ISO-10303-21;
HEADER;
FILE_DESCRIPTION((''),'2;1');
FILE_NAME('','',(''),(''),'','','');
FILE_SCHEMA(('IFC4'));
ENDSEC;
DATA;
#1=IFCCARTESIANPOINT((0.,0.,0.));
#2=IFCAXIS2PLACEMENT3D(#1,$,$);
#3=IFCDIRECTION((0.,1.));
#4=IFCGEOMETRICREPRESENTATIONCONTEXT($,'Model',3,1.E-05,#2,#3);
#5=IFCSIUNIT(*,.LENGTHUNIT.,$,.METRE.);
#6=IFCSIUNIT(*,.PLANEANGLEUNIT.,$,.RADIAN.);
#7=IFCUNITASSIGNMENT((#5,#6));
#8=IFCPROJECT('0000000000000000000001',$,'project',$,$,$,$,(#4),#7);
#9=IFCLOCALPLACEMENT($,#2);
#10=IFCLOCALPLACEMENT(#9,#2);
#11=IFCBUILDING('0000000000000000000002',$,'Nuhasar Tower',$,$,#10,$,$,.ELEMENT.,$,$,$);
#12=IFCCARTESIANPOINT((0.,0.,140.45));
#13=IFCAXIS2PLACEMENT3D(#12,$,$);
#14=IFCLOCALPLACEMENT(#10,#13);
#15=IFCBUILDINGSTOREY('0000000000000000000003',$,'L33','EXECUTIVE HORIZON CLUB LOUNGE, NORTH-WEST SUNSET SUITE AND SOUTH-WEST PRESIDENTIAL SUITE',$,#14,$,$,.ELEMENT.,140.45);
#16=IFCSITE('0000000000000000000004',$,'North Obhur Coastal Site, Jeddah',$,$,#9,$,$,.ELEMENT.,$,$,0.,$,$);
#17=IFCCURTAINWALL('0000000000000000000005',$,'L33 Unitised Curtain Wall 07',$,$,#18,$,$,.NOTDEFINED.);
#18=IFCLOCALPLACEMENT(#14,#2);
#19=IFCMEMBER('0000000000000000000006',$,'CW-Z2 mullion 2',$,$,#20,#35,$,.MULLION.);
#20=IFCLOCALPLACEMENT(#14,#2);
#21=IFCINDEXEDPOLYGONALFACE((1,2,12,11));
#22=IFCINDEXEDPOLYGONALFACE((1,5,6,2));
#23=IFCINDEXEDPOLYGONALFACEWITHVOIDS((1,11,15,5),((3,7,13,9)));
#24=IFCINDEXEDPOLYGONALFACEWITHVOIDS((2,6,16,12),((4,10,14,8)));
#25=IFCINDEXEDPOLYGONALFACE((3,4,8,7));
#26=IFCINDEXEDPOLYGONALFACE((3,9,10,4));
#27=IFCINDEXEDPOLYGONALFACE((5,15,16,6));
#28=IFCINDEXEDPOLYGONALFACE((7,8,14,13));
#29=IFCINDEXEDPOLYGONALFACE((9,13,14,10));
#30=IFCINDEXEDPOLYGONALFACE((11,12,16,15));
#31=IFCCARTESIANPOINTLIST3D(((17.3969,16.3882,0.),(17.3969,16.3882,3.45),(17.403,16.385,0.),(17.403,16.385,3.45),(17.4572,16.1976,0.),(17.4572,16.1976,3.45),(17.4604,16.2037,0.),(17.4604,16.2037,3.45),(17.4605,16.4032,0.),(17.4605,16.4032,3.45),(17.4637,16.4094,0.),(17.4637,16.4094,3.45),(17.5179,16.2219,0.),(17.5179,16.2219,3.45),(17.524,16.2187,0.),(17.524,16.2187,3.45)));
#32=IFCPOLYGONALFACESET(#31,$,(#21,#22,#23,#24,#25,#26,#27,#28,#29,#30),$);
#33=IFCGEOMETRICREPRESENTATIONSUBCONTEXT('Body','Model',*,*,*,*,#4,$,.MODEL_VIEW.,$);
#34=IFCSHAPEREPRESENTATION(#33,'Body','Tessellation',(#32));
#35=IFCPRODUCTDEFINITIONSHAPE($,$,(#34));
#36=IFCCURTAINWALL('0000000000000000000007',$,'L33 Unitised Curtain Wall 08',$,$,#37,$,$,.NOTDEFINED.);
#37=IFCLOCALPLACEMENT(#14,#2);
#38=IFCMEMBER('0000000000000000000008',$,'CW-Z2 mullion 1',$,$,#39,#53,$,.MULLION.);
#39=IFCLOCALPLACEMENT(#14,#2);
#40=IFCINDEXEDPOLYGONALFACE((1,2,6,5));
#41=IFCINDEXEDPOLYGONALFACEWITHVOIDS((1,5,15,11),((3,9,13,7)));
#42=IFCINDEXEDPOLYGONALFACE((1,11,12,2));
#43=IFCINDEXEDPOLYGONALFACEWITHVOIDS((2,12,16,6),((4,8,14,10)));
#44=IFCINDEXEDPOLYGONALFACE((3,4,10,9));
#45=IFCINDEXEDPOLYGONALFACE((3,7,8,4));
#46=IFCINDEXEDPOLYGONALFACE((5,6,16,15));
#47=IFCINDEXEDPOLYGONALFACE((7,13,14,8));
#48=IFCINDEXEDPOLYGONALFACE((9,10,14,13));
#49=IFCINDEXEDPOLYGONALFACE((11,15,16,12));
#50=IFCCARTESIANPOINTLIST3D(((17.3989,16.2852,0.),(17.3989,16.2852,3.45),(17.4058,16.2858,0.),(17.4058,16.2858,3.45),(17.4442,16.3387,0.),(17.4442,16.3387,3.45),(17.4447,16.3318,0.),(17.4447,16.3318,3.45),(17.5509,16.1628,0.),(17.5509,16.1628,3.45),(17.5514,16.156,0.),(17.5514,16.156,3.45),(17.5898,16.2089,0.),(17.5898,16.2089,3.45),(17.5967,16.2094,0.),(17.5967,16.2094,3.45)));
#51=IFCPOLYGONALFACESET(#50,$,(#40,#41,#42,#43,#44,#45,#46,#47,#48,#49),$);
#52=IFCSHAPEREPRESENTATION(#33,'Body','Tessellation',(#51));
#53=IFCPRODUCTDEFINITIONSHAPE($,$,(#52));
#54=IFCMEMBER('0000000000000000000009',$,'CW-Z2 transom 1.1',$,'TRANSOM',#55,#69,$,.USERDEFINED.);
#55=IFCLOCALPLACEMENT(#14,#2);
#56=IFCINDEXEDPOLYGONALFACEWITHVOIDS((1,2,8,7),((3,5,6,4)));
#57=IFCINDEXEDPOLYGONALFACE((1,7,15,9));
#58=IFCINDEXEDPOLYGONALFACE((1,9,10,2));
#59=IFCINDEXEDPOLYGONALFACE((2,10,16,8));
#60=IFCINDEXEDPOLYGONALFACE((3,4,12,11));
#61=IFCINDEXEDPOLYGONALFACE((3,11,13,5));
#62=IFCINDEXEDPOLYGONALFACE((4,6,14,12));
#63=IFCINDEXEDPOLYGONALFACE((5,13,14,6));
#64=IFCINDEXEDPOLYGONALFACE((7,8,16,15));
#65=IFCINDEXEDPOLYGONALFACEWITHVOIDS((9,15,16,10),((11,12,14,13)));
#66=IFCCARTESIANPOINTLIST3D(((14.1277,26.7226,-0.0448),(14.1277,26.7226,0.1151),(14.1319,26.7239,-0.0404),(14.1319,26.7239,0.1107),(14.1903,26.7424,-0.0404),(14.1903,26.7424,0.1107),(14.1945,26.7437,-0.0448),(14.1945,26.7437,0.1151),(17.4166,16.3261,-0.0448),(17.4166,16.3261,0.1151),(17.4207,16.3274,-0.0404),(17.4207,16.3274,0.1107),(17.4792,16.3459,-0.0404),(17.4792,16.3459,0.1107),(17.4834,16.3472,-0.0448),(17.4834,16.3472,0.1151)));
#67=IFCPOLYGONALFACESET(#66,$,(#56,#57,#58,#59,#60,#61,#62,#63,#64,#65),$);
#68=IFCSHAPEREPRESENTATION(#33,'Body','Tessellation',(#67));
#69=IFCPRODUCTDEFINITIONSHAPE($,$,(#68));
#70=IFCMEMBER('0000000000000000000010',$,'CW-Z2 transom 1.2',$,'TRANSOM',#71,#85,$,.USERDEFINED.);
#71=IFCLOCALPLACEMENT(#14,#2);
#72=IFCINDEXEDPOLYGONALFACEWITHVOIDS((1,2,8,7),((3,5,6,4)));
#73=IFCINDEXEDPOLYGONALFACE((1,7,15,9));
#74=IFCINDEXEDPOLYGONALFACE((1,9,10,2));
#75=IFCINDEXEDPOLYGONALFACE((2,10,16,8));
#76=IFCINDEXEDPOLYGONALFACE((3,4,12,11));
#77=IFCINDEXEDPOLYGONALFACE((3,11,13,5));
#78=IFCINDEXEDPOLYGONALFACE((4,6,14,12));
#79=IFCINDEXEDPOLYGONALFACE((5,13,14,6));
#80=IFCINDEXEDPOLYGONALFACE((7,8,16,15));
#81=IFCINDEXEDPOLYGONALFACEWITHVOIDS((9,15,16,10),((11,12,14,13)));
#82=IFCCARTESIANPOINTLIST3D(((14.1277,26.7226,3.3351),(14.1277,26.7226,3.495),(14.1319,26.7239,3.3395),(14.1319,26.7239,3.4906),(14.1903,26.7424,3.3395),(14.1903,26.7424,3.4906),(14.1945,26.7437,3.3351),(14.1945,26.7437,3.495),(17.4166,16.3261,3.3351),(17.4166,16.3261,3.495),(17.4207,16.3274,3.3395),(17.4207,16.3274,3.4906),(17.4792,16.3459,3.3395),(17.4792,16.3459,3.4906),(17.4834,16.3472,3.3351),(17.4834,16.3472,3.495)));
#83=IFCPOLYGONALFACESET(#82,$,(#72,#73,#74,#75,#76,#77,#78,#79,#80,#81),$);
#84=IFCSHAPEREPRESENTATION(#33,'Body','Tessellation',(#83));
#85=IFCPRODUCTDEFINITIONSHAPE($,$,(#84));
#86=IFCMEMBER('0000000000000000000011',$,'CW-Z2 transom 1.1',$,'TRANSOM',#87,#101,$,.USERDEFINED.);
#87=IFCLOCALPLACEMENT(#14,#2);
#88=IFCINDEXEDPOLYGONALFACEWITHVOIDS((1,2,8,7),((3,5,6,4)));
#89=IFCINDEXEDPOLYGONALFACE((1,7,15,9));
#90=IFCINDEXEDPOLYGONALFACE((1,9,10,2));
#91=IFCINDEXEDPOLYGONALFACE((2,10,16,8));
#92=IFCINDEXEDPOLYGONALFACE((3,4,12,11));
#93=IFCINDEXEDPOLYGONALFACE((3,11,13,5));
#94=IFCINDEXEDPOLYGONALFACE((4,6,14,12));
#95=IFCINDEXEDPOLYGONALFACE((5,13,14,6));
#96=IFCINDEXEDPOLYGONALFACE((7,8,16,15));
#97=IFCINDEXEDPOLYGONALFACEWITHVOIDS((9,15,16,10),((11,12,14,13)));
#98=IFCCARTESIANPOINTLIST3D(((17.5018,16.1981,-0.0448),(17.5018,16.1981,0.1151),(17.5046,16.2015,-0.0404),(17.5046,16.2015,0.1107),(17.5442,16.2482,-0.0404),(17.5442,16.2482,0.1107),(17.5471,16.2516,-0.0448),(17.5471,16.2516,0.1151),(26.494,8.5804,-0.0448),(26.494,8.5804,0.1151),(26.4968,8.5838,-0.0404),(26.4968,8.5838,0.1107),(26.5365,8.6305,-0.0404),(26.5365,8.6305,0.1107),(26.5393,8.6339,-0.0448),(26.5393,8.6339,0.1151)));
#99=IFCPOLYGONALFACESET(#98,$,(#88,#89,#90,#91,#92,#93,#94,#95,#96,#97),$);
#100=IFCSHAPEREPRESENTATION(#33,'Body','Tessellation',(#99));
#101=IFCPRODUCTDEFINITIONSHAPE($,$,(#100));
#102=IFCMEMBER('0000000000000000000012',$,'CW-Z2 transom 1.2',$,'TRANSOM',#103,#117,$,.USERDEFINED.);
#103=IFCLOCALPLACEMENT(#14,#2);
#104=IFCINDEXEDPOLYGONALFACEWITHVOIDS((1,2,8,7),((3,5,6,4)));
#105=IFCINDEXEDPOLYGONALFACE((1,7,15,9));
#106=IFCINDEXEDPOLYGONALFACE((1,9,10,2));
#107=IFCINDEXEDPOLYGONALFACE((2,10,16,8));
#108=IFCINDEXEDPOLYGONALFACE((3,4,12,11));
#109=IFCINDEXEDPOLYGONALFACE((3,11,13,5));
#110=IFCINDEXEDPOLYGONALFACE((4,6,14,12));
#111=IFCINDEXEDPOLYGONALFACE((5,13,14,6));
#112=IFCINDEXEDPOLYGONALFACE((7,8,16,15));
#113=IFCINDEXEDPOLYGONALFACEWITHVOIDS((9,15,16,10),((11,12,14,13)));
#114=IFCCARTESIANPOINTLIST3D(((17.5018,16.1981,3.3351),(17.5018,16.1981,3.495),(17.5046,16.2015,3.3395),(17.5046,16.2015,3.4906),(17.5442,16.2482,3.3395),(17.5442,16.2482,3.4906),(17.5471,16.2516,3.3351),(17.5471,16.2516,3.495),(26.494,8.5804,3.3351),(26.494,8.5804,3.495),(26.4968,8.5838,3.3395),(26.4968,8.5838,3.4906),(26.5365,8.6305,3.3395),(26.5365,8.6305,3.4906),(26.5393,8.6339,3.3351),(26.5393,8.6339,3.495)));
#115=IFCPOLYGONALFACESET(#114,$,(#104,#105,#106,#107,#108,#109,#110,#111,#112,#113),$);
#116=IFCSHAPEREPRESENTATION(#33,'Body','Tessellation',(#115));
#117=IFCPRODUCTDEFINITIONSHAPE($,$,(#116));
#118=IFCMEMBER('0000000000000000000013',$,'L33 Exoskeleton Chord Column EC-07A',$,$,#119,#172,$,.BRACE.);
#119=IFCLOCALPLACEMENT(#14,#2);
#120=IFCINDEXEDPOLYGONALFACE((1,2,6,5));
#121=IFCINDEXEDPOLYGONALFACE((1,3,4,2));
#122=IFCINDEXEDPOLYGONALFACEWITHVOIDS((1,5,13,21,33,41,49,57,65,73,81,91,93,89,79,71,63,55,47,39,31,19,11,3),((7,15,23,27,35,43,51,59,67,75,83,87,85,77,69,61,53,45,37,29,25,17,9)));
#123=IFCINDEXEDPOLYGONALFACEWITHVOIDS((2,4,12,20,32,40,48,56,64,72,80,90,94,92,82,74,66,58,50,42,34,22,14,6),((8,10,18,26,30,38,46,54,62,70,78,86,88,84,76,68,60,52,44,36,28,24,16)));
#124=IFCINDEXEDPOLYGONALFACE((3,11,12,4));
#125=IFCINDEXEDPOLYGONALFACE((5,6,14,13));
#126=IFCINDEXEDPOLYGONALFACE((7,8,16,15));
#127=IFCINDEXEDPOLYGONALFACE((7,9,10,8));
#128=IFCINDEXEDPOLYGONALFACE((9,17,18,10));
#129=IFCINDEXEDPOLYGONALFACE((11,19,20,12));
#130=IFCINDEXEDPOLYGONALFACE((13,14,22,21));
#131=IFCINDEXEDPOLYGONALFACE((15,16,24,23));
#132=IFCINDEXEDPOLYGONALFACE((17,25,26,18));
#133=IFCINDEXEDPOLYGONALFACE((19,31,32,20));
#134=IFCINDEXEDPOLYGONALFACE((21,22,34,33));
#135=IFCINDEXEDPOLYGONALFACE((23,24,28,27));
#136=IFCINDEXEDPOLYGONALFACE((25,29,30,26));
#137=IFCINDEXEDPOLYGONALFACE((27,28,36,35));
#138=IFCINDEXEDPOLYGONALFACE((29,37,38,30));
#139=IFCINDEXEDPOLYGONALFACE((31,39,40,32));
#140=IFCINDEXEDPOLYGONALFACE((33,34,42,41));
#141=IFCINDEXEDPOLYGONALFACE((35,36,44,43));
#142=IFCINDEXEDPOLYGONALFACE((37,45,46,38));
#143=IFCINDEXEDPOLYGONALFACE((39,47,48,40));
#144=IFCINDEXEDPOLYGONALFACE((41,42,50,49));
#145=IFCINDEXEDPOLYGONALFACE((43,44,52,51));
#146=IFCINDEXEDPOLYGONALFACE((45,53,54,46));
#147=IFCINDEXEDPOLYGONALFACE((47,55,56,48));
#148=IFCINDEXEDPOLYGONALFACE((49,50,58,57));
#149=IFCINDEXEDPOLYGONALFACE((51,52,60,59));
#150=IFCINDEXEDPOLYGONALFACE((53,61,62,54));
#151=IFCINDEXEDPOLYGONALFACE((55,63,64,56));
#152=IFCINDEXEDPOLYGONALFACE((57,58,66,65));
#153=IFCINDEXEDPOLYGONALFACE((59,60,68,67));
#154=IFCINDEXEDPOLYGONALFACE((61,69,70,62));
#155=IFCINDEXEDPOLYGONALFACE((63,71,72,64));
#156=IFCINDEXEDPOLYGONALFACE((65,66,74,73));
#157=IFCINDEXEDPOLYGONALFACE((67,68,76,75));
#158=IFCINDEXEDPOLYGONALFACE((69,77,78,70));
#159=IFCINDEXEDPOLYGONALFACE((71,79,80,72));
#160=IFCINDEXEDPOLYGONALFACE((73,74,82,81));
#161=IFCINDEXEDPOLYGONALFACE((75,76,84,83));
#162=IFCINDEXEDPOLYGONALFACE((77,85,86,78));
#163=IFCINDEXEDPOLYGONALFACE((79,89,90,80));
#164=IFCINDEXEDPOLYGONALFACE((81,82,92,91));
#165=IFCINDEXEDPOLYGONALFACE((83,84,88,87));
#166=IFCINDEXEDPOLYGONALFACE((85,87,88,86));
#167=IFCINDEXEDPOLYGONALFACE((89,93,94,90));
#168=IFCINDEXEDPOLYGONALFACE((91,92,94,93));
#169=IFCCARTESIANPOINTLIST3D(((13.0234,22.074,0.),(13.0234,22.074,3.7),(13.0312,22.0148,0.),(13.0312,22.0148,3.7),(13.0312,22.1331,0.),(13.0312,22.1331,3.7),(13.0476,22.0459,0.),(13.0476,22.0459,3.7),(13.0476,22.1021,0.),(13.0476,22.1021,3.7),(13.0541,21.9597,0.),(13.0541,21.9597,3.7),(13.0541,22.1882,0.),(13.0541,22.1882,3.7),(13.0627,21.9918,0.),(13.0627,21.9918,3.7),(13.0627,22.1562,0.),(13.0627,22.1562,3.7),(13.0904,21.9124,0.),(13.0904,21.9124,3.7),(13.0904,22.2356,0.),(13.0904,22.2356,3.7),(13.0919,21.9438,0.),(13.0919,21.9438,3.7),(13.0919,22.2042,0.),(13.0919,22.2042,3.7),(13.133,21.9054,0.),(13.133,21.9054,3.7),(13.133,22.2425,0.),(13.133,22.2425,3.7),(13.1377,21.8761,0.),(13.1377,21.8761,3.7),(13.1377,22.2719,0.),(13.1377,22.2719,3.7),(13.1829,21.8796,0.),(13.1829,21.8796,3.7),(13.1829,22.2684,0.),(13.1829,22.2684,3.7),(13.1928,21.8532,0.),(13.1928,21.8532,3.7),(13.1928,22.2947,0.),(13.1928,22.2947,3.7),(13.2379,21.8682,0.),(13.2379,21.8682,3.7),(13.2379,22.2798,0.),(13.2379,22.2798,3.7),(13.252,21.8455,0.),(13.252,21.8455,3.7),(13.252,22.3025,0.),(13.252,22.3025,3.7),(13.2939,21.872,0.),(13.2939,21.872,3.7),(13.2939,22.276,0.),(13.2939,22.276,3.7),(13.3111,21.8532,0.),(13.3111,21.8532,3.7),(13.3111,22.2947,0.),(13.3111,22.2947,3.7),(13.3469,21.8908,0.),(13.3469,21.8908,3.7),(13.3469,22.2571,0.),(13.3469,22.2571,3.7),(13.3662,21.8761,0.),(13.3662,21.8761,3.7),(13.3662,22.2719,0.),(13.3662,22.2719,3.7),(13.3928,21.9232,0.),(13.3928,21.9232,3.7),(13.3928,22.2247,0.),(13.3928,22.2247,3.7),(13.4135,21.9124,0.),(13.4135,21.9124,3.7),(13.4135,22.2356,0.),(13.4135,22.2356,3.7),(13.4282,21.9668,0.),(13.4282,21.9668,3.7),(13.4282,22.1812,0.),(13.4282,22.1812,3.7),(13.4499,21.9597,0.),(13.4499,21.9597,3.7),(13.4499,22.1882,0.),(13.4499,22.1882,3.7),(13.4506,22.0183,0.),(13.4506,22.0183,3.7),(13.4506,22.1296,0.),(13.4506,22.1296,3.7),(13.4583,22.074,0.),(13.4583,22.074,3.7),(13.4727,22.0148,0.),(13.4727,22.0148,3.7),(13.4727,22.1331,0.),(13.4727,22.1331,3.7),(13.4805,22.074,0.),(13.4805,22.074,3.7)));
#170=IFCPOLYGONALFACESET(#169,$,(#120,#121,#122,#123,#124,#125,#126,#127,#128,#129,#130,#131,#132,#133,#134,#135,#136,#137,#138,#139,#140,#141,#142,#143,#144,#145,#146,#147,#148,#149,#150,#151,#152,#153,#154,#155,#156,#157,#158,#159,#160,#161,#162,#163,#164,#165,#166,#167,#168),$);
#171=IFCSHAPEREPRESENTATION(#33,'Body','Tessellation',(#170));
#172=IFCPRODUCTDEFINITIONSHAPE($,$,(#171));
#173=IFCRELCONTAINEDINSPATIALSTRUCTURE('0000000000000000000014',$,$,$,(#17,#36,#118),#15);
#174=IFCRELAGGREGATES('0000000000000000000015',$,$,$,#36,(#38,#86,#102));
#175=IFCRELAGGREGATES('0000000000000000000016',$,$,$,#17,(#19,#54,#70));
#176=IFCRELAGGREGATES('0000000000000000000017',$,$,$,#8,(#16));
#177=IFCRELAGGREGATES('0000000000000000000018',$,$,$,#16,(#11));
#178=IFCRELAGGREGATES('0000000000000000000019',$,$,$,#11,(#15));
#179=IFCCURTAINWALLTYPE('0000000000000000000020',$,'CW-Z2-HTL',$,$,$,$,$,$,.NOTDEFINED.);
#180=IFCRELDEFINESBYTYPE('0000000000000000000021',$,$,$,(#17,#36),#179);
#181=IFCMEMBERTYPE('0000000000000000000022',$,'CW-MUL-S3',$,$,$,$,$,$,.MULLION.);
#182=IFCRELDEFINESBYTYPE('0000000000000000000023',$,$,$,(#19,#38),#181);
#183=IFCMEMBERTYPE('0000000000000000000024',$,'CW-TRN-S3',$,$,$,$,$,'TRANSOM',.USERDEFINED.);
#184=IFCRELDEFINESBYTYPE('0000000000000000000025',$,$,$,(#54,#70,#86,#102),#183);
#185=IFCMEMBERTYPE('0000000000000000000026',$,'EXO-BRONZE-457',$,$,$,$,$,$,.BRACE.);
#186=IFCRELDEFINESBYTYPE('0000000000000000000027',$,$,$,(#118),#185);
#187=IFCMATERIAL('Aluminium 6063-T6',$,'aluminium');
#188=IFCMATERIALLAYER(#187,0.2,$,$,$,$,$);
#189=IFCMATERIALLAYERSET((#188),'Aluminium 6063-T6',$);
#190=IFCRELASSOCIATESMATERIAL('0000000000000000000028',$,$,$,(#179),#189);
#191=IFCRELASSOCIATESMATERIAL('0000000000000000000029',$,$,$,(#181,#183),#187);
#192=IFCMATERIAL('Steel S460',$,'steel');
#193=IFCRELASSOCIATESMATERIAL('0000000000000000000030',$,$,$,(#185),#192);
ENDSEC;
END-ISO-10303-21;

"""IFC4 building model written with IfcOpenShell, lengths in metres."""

from ifc_helpers import new_model, si_unit, direction, frame, origin, origin_2d, place, context, subcontext, project, spatial, hollow_rectangle, hollow_circle, extrude, material, layer, layer_set, material_profile, profile_set, type_object, element, aggregate, save


model = new_model("IFC4")

# Units and contexts
model_context = context("Model", 3, precision=1e-05, world=origin(), true_north=direction((0.0, 1.0)))
body_context = subcontext(model_context, "Body", "Model", "MODEL_VIEW")
ifc_project = project(units=[si_unit("LENGTHUNIT", "METRE"), si_unit("PLANEANGLEUNIT", "RADIAN")], contexts=[model_context])

# Site, building, storey
site_placement = place(None, origin())
site = spatial("IfcSite", under=ifc_project, at=site_placement, Name="North Obhur Coastal Site, Jeddah", CompositionType="ELEMENT", RefElevation=0.0)
building_placement = place(site_placement, origin())
building = spatial("IfcBuilding", under=site, at=building_placement, Name="Nuhasar Tower", CompositionType="ELEMENT")
storey_placement = place(building_placement, frame((0.0, 0.0, 140.45)))
storey = spatial("IfcBuildingStorey", under=building, at=storey_placement, Name="L33", Description="EXECUTIVE HORIZON CLUB LOUNGE, NORTH-WEST SUNSET SUITE AND SOUTH-WEST PRESIDENTIAL SUITE", CompositionType="ELEMENT", Elevation=140.45)

# Curtain wall, member
ifc_material_1 = material(Name="Aluminium 6063-T6", Category="aluminium")
ifc_layer_1 = layer(ifc_material_1, 0.2)
ifc_layer_set_1 = layer_set([ifc_layer_1], Name="Aluminium 6063-T6")
curtain_wall_type = type_object("IfcCurtainWallType", Name="CW-Z2-HTL", PredefinedType="NOTDEFINED", material=ifc_layer_set_1)
curtain_wall_1_placement = place(storey_placement, origin())
curtain_wall_1 = element("IfcCurtainWall", 1, at=curtain_wall_1_placement, inside=storey, type_object=curtain_wall_type, Name="L33 Unitised Curtain Wall 07", PredefinedType="NOTDEFINED")
ifc_material_profile_1 = material_profile(ifc_material_1, hollow_rectangle(XDim=0.0701, YDim=0.2, WallThickness=0.0049, at=origin_2d()), Name="CWM-3")
ifc_profile_set_1 = profile_set([ifc_material_profile_1], Name="Aluminium 6063-T6")
member_type_1 = type_object("IfcMemberType", Name="CW-MUL-S3", PredefinedType="MULLION", material=ifc_profile_set_1)
member_1_placement = place(storey_placement, frame((17.4604, 16.3035, 0.0), z_axis=(0.0, 0.0, 1.0), x_axis=(0.953433, 0.301604, 0.0)))
member_1 = element("IfcMember", 2, at=member_1_placement, type_object=member_type_1, Name="CW-Z2 mullion 2", PredefinedType="MULLION", context=body_context, shape_type="SweptSolid", body=[
    extrude(hollow_rectangle(XDim=0.0701, YDim=0.2, WallThickness=0.0049, at=origin_2d()), origin(), (0.0, 0.0, 1.0), 3.45),
])

# Curtain wall, member
curtain_wall_2_placement = place(storey_placement, origin())
curtain_wall_2 = element("IfcCurtainWall", 3, at=curtain_wall_2_placement, inside=storey, type_object=curtain_wall_type, Name="L33 Unitised Curtain Wall 08", PredefinedType="NOTDEFINED")
member_2_placement = place(storey_placement, frame((17.4978, 16.2473, 0.0), z_axis=(0.0, 0.0, 1.0), x_axis=(0.646374, 0.76302, 0.0)))
member_2 = element("IfcMember", 4, at=member_2_placement, type_object=member_type_1, Name="CW-Z2 mullion 1", PredefinedType="MULLION", context=body_context, shape_type="SweptSolid", body=[
    extrude(hollow_rectangle(XDim=0.0701, YDim=0.2, WallThickness=0.0049, at=origin_2d()), origin(), (0.0, 0.0, 1.0), 3.45),
])

# Members
ifc_material_profile_2 = material_profile(ifc_material_1, hollow_rectangle(XDim=0.0701, YDim=0.1599, WallThickness=0.0044, at=origin_2d()), Name="CWT-3")
ifc_profile_set_2 = profile_set([ifc_material_profile_2], Name="Aluminium 6063-T6")
member_type_2 = type_object("IfcMemberType", Name="CW-TRN-S3", ElementType="TRANSOM", PredefinedType="USERDEFINED", material=ifc_profile_set_2)
member_3_placement = place(storey_placement, frame((14.1611, 26.7332, 0.0352), z_axis=(0.301608, -0.953432, 0.0), x_axis=(0.953432, 0.301608, 0.0)))
member_3 = element("IfcMember", 5, at=member_3_placement, type_object=member_type_2, Name="CW-Z2 transom 1.1", ObjectType="TRANSOM", PredefinedType="USERDEFINED", context=body_context, shape_type="SweptSolid", body=[
    extrude(hollow_rectangle(XDim=0.0701, YDim=0.1599, WallThickness=0.0044, at=origin_2d()), origin(), (0.0, 0.0, 1.0), 10.9043),
])
member_4_placement = place(storey_placement, frame((14.1611, 26.7332, 3.415), z_axis=(0.301608, -0.953432, 0.0), x_axis=(0.953432, 0.301608, 0.0)))
member_4 = element("IfcMember", 6, at=member_4_placement, type_object=member_type_2, Name="CW-Z2 transom 1.2", ObjectType="TRANSOM", PredefinedType="USERDEFINED", context=body_context, shape_type="SweptSolid", body=[
    extrude(hollow_rectangle(XDim=0.0701, YDim=0.1599, WallThickness=0.0044, at=origin_2d()), origin(), (0.0, 0.0, 1.0), 10.9043),
])
member_5_placement = place(storey_placement, frame((17.5244, 16.2249, 0.0352), z_axis=(0.763014, -0.646382, 0.0), x_axis=(0.646382, 0.763014, 0.0)))
member_5 = element("IfcMember", 7, at=member_5_placement, type_object=member_type_2, Name="CW-Z2 transom 1.1", ObjectType="TRANSOM", PredefinedType="USERDEFINED", context=body_context, shape_type="SweptSolid", body=[
    extrude(hollow_rectangle(XDim=0.0701, YDim=0.1599, WallThickness=0.0044, at=origin_2d()), origin(), (0.0, 0.0, 1.0), 11.7852),
])
member_6_placement = place(storey_placement, frame((17.5244, 16.2249, 3.415), z_axis=(0.763014, -0.646382, 0.0), x_axis=(0.646382, 0.763014, 0.0)))
member_6 = element("IfcMember", 8, at=member_6_placement, type_object=member_type_2, Name="CW-Z2 transom 1.2", ObjectType="TRANSOM", PredefinedType="USERDEFINED", context=body_context, shape_type="SweptSolid", body=[
    extrude(hollow_rectangle(XDim=0.0701, YDim=0.1599, WallThickness=0.0044, at=origin_2d()), origin(), (0.0, 0.0, 1.0), 11.7852),
])
aggregate(curtain_wall_2, [member_2, member_5, member_6])

# Member
ifc_material_2 = material(Name="Steel S460", Category="steel")
ifc_material_profile_3 = material_profile(ifc_material_2, hollow_circle(Radius=0.2285, WallThickness=0.0222, at=origin_2d()), Name="HSS457X22.2")
ifc_profile_set_3 = profile_set([ifc_material_profile_3], Name="Steel S460")
member_type_3 = type_object("IfcMemberType", Name="EXO-BRONZE-457", PredefinedType="BRACE", material=ifc_profile_set_3)
for number, where, z_axis, x_axis, name in (
    (9, (13.252, 22.074, 0.0), (0.0, 0.0, 1.0), (1.0, 0.0, 0.0), "L33 Exoskeleton Chord Column EC-07A"),
):
    element("IfcMember", number, at=place(storey_placement, frame(where, z_axis=z_axis, x_axis=x_axis)), inside=storey, type_object=member_type_3, Name=name, PredefinedType="BRACE", context=body_context, shape_type="SweptSolid", body=[
        extrude(hollow_circle(Radius=0.2285, WallThickness=0.0222, at=origin_2d()), origin(), (0.0, 0.0, 1.0), 3.7),
    ])

aggregate(curtain_wall_1, [member_1, member_3, member_4])

save(model, "model.ifc")
